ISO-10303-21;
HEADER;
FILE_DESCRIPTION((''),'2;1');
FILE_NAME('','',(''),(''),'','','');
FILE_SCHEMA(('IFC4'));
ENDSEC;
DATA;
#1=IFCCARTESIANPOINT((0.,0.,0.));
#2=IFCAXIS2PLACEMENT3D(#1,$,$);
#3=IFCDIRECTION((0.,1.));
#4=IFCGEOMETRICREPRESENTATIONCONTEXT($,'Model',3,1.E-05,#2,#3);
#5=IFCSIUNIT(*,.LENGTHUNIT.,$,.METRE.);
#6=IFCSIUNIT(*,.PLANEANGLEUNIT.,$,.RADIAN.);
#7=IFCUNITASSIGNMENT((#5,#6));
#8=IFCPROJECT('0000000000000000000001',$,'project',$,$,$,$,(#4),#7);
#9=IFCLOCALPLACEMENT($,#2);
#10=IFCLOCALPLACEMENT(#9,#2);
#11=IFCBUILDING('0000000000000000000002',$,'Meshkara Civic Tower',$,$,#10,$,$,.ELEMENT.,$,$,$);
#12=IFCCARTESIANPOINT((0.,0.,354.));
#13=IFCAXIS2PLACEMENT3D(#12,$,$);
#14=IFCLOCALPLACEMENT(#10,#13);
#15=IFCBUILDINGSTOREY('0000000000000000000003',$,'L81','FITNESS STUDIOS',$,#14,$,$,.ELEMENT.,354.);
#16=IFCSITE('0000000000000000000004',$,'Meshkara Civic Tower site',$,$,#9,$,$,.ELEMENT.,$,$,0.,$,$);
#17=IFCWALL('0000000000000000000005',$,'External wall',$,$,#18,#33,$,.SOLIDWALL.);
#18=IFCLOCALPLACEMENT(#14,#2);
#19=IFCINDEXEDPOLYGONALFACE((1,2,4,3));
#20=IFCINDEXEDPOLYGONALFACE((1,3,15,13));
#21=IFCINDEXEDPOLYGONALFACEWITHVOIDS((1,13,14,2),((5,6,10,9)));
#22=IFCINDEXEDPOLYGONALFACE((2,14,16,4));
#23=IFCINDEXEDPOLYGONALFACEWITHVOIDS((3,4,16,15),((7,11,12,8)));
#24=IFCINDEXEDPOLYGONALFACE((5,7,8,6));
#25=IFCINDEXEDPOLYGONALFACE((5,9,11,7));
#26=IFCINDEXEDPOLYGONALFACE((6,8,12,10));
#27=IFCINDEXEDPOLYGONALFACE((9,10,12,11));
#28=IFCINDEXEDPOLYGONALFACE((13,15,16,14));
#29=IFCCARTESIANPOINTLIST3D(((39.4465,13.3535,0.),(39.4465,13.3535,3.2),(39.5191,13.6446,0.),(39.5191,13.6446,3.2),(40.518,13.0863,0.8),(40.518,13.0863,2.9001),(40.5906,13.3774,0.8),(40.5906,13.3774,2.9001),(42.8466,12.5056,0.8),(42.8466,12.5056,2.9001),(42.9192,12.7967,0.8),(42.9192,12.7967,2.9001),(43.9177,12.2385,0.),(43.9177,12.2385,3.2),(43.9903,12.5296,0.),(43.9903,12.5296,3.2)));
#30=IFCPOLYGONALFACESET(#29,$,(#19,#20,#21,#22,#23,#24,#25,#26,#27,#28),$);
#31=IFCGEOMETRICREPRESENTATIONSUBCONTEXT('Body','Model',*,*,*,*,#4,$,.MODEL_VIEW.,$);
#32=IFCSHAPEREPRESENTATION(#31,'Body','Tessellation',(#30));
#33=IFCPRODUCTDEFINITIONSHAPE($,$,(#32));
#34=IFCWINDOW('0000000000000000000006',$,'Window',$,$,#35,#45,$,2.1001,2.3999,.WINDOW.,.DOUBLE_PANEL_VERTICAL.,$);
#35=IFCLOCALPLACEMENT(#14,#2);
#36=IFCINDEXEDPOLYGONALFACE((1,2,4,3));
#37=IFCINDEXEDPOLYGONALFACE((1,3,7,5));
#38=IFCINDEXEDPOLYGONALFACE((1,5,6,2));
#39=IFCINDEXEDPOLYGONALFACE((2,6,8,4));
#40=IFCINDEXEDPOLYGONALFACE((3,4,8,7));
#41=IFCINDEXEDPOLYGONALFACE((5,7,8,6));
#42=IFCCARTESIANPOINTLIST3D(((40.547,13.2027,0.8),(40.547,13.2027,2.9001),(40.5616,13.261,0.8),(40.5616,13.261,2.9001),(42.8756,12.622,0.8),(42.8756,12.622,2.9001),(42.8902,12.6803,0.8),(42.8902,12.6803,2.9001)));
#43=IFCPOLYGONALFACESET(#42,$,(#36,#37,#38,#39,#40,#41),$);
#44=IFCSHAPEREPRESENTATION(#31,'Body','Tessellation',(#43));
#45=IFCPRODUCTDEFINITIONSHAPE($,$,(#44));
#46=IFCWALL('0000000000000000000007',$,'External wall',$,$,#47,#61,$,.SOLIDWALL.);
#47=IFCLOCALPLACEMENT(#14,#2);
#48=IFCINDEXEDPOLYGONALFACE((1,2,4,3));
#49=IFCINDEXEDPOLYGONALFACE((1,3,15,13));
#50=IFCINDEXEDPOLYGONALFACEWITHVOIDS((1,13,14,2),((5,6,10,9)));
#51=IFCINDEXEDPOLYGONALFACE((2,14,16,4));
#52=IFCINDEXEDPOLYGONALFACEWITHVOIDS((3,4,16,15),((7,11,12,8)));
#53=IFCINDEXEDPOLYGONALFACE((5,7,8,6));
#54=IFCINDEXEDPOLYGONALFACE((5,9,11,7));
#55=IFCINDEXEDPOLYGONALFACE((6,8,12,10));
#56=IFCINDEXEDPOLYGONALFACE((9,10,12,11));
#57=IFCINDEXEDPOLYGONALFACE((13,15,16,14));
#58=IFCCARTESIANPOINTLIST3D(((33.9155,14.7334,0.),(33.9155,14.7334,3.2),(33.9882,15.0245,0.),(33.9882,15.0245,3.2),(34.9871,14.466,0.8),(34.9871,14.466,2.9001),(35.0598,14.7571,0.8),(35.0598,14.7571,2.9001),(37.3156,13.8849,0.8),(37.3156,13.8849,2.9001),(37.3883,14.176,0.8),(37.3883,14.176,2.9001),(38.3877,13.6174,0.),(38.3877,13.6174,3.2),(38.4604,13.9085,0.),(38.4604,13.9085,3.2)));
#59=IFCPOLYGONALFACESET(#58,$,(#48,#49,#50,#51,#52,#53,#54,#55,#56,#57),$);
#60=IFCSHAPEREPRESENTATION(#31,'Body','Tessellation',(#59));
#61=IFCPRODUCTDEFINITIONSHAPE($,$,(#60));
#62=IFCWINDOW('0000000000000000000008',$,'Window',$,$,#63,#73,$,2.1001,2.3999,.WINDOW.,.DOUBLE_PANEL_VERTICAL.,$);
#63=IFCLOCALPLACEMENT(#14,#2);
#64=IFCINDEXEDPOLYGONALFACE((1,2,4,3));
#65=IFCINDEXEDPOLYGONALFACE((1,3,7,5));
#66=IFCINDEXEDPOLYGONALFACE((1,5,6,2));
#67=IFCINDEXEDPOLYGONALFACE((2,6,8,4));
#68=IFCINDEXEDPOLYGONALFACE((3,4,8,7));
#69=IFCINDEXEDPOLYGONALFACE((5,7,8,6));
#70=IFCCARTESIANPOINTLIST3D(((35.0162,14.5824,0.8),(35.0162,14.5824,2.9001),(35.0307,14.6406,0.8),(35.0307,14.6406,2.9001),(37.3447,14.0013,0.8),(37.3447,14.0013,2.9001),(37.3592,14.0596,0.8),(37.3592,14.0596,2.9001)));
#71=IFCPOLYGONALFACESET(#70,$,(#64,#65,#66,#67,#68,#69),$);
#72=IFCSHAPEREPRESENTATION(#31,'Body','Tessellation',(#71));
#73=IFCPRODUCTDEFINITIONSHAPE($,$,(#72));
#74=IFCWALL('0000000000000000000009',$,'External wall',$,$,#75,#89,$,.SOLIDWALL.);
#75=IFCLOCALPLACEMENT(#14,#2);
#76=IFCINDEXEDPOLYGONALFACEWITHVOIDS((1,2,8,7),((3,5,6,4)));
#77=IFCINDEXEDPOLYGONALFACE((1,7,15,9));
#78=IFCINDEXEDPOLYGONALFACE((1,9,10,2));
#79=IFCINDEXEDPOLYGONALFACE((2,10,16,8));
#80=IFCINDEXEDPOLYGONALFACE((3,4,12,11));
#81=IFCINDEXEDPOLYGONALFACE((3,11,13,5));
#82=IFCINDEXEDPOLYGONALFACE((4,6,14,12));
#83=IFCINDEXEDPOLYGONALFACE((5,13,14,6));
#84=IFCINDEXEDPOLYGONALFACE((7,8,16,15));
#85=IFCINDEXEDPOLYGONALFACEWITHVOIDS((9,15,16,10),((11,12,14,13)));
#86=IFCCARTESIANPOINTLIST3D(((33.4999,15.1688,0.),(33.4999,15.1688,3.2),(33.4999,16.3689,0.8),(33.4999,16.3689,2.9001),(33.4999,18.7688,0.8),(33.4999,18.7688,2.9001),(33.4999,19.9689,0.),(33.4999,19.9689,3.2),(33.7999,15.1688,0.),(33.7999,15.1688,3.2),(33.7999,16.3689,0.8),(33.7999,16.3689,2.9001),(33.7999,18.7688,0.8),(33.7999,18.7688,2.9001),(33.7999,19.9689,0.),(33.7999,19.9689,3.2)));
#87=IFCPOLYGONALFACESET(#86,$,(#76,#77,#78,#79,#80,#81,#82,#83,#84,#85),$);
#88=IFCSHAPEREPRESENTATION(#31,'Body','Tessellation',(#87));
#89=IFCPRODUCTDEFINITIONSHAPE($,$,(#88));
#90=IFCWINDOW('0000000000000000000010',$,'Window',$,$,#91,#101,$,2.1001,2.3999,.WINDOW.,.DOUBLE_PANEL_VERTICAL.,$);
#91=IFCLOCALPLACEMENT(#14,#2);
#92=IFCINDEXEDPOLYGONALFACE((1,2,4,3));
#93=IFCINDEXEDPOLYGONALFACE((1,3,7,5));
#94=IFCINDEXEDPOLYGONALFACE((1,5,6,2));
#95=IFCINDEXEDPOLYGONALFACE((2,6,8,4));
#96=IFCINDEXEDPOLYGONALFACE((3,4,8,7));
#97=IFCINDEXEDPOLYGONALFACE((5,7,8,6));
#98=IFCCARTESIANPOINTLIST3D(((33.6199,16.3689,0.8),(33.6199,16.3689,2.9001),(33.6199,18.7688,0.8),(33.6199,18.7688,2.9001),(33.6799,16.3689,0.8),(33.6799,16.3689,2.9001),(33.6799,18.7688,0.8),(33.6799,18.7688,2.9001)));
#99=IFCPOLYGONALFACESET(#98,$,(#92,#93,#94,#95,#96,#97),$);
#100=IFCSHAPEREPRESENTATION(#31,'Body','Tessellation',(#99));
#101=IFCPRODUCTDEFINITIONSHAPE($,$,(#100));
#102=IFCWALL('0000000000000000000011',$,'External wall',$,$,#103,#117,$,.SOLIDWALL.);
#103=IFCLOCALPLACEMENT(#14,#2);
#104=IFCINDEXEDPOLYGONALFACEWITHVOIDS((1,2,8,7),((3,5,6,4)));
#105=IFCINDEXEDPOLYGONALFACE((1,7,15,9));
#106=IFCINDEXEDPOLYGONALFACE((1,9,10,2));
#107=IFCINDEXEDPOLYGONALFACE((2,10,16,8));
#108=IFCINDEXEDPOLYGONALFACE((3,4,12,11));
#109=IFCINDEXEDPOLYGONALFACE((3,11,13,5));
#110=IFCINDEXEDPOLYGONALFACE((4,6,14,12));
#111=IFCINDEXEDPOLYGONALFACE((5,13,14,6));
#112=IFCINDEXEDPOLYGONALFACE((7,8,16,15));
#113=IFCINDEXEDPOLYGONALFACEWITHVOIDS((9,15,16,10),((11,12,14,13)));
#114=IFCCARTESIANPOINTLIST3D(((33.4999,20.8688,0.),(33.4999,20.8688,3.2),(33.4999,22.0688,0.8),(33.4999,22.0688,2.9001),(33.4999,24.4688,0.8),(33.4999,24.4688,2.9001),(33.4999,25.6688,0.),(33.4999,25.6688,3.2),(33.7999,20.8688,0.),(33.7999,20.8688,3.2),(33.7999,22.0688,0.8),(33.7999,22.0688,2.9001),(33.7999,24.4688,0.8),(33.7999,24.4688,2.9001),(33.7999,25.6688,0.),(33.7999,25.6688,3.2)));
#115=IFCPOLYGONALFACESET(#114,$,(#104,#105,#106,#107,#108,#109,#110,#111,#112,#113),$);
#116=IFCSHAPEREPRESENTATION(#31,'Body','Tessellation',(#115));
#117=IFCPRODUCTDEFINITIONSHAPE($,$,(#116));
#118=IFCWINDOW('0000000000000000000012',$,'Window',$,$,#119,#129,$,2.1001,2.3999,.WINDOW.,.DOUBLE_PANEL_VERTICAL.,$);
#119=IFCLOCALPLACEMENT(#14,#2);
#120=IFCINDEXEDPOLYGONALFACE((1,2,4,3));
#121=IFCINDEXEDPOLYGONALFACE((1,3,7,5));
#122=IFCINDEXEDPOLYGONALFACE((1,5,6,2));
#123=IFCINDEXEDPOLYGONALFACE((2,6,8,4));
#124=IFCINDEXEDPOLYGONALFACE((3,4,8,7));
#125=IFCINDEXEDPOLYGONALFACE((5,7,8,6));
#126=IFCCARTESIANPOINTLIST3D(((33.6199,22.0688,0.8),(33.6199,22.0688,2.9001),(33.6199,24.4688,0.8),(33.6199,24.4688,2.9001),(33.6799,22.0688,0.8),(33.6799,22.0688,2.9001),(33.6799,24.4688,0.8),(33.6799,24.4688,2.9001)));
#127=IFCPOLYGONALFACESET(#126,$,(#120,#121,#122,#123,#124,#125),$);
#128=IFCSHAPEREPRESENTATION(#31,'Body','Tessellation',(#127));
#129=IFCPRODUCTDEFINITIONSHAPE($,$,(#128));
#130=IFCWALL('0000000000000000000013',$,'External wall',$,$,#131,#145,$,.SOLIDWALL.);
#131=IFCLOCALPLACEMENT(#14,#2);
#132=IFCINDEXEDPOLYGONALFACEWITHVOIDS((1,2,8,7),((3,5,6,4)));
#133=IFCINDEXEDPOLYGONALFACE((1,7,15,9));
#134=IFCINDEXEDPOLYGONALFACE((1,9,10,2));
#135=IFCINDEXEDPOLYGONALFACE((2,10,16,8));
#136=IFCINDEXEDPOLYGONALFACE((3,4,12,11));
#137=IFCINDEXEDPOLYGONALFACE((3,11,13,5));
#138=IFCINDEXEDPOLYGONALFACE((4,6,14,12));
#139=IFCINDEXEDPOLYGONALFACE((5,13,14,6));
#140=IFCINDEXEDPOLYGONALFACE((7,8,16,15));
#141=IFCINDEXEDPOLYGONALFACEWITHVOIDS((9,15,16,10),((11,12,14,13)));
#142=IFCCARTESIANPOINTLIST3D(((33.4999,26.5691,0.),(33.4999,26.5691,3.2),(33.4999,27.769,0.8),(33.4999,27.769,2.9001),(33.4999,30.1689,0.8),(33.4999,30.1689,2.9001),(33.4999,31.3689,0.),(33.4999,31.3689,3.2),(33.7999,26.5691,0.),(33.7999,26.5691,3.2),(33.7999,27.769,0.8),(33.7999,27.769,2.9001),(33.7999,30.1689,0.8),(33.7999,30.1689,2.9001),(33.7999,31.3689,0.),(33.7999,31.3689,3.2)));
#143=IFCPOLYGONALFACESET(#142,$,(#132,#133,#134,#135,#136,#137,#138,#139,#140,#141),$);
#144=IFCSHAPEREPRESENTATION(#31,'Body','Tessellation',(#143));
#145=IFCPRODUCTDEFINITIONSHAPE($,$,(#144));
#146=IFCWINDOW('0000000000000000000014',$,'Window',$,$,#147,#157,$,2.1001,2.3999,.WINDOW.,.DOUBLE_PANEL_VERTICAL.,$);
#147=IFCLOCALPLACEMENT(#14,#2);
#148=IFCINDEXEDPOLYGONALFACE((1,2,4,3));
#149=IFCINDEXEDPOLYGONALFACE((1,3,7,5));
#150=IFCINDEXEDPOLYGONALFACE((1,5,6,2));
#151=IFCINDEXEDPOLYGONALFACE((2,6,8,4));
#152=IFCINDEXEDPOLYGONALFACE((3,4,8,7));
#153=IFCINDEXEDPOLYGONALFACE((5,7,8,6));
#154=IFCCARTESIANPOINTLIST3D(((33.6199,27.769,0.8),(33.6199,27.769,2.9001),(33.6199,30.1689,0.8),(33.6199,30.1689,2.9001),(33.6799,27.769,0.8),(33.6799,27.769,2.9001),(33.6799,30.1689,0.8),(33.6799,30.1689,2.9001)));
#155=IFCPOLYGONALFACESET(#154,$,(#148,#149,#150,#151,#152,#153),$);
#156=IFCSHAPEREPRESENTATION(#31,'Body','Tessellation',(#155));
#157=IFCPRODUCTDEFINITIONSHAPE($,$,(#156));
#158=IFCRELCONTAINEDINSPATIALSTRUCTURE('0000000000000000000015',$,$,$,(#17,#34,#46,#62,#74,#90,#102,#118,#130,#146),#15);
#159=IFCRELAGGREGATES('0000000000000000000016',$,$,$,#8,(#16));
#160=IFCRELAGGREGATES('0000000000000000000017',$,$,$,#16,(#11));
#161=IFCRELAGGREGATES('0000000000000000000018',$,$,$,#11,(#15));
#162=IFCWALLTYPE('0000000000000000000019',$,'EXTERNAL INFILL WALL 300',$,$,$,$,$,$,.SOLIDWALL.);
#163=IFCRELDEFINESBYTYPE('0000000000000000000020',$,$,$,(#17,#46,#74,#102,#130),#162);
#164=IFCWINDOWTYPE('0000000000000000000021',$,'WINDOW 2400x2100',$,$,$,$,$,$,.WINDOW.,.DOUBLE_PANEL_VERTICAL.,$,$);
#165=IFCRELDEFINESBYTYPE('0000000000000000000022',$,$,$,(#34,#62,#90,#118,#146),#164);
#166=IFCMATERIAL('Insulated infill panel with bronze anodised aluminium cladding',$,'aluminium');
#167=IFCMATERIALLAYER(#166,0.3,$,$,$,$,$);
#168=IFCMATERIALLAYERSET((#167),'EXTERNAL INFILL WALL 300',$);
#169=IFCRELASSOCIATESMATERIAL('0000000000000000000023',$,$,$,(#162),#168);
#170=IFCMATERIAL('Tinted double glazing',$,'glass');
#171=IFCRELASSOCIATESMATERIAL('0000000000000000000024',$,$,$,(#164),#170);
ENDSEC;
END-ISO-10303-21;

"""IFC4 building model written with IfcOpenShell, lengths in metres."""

from ifc_helpers import new_model, si_unit, direction, frame, frame_2d, origin, place, context, subcontext, project, spatial, rectangle, extrude, material, layer, layer_set, type_object, element, fill, save


model = new_model("IFC4")

# Units and contexts
model_context = context("Model", 3, precision=1e-05, world=origin(), true_north=direction((0.0, 1.0)))
body_context = subcontext(model_context, "Body", "Model", "MODEL_VIEW")
ifc_project = project(units=[si_unit("LENGTHUNIT", "METRE"), si_unit("PLANEANGLEUNIT", "RADIAN")], contexts=[model_context])

# Site, building, storey
site_placement = place(None, origin())
site = spatial("IfcSite", under=ifc_project, at=site_placement, Name="Meshkara Civic Tower site", CompositionType="ELEMENT", RefElevation=0.0)
building_placement = place(site_placement, origin())
building = spatial("IfcBuilding", under=site, at=building_placement, Name="Meshkara Civic Tower", CompositionType="ELEMENT")
storey_placement = place(building_placement, frame((0.0, 0.0, 354.0)))
storey = spatial("IfcBuildingStorey", under=building, at=storey_placement, Name="L81", Description="FITNESS STUDIOS", CompositionType="ELEMENT", Elevation=354.0)

# Walls, openings, windows
ifc_material_1 = material(Name="Insulated infill panel with bronze anodised aluminium cladding", Category="aluminium")
ifc_layer_1 = layer(ifc_material_1, 0.3)
ifc_layer_set_1 = layer_set([ifc_layer_1], Name="EXTERNAL INFILL WALL 300")
wall_type_1 = type_object("IfcWallType", Name="EXTERNAL INFILL WALL 300", PredefinedType="SOLIDWALL", material=ifc_layer_set_1)
wall_1_placement = place(storey_placement, frame((43.9541, 12.384, 0.0), z_axis=(0.0, 0.0, 1.0), x_axis=(-0.970286, 0.241962, 0.0)))
wall_1 = element("IfcWall", 1, at=wall_1_placement, inside=storey, type_object=wall_type_1, Name="External wall", PredefinedType="SOLIDWALL", context=body_context, shape_type="SweptSolid", body=[
    extrude(rectangle(XDim=4.6082, YDim=0.3, at=frame_2d((2.3042, 0.0))), origin(), (0.0, 0.0, 1.0), 3.2),
])
opening_1_placement = place(wall_1_placement, frame((1.104, 0.0, 0.8)))
opening_1 = element("IfcOpeningElement", 2, at=opening_1_placement, cuts=wall_1, PredefinedType="OPENING", context=body_context, shape_type="SweptSolid", body=[
    extrude(rectangle(XDim=2.3999, YDim=2.1001, at=frame_2d((1.2, 1.05))), frame((0.0, 0.1599, 0.0), z_axis=(0.0, -1.0, 0.0), x_axis=(1.0, 0.0, 0.0)), (0.0, 0.0, 1.0), 0.3201),
])
ifc_material_2 = material(Name="Tinted double glazing", Category="glass")
window_type = type_object("IfcWindowType", Name="WINDOW 2400x2100", PartitioningType="DOUBLE_PANEL_VERTICAL", PredefinedType="WINDOW", material=ifc_material_2)
window_1_placement = place(opening_1_placement, origin())
window_1 = element("IfcWindow", 3, at=window_1_placement, inside=storey, type_object=window_type, Name="Window", OverallHeight=2.1001, OverallWidth=2.3999, PartitioningType="DOUBLE_PANEL_VERTICAL", PredefinedType="WINDOW", context=body_context, shape_type="SweptSolid", body=[
    extrude(rectangle(XDim=2.3999, YDim=2.1001, at=frame_2d((1.2, 1.05))), frame((0.0, 0.03, 0.0), z_axis=(0.0, -1.0, 0.0), x_axis=(1.0, 0.0, 0.0)), (0.0, 0.0, 1.0), 0.0601),
])
fill(opening_1, window_1)
wall_2_placement = place(storey_placement, frame((38.4241, 13.7629, 0.0), z_axis=(0.0, 0.0, 1.0), x_axis=(-0.970248, 0.242112, 0.0)))
wall_2 = element("IfcWall", 4, at=wall_2_placement, inside=storey, type_object=wall_type_1, Name="External wall", PredefinedType="SOLIDWALL", context=body_context, shape_type="SweptSolid", body=[
    extrude(rectangle(XDim=4.6094, YDim=0.3, at=frame_2d((2.3047, 0.0))), origin(), (0.0, 0.0, 1.0), 3.2),
])
opening_2_placement = place(wall_2_placement, frame((1.105, 0.0, 0.8)))
opening_2 = element("IfcOpeningElement", 5, at=opening_2_placement, cuts=wall_2, PredefinedType="OPENING", context=body_context, shape_type="SweptSolid", body=[
    extrude(rectangle(XDim=2.3999, YDim=2.1001, at=frame_2d((1.2, 1.05))), frame((0.0, 0.1599, 0.0), z_axis=(0.0, -1.0, 0.0), x_axis=(1.0, 0.0, 0.0)), (0.0, 0.0, 1.0), 0.3201),
])
window_2_placement = place(opening_2_placement, origin())
window_2 = element("IfcWindow", 6, at=window_2_placement, inside=storey, type_object=window_type, Name="Window", OverallHeight=2.1001, OverallWidth=2.3999, PartitioningType="DOUBLE_PANEL_VERTICAL", PredefinedType="WINDOW", context=body_context, shape_type="SweptSolid", body=[
    extrude(rectangle(XDim=2.3999, YDim=2.1001, at=frame_2d((1.2, 1.05))), frame((0.0, 0.03, 0.0), z_axis=(0.0, -1.0, 0.0), x_axis=(1.0, 0.0, 0.0)), (0.0, 0.0, 1.0), 0.0601),
])
fill(opening_2, window_2)
wall_3_placement = place(storey_placement, frame((33.6499, 15.1689, 0.0), z_axis=(0.0, 0.0, 1.0), x_axis=(0.0, 1.0, 0.0)))
wall_3 = element("IfcWall", 7, at=wall_3_placement, inside=storey, type_object=wall_type_1, Name="External wall", PredefinedType="SOLIDWALL", context=body_context, shape_type="SweptSolid", body=[
    extrude(rectangle(XDim=4.8, YDim=0.3, at=frame_2d((2.3999, 0.0))), origin(), (0.0, 0.0, 1.0), 3.2),
])
opening_3_placement = place(wall_3_placement, frame((1.2, 0.0, 0.8)))
opening_3 = element("IfcOpeningElement", 8, at=opening_3_placement, cuts=wall_3, PredefinedType="OPENING", context=body_context, shape_type="SweptSolid", body=[
    extrude(rectangle(XDim=2.3999, YDim=2.1001, at=frame_2d((1.2, 1.05))), frame((0.0, 0.1599, 0.0), z_axis=(0.0, -1.0, 0.0), x_axis=(1.0, 0.0, 0.0)), (0.0, 0.0, 1.0), 0.3201),
])
window_3_placement = place(opening_3_placement, origin())
window_3 = element("IfcWindow", 9, at=window_3_placement, inside=storey, type_object=window_type, Name="Window", OverallHeight=2.1001, OverallWidth=2.3999, PartitioningType="DOUBLE_PANEL_VERTICAL", PredefinedType="WINDOW", context=body_context, shape_type="SweptSolid", body=[
    extrude(rectangle(XDim=2.3999, YDim=2.1001, at=frame_2d((1.2, 1.05))), frame((0.0, 0.03, 0.0), z_axis=(0.0, -1.0, 0.0), x_axis=(1.0, 0.0, 0.0)), (0.0, 0.0, 1.0), 0.0601),
])
fill(opening_3, window_3)
wall_4_placement = place(storey_placement, frame((33.6499, 20.8689, 0.0), z_axis=(0.0, 0.0, 1.0), x_axis=(0.0, 1.0, 0.0)))
wall_4 = element("IfcWall", 10, at=wall_4_placement, inside=storey, type_object=wall_type_1, Name="External wall", PredefinedType="SOLIDWALL", context=body_context, shape_type="SweptSolid", body=[
    extrude(rectangle(XDim=4.8, YDim=0.3, at=frame_2d((2.3999, 0.0))), origin(), (0.0, 0.0, 1.0), 3.2),
])
opening_4_placement = place(wall_4_placement, frame((1.2, 0.0, 0.8)))
opening_4 = element("IfcOpeningElement", 11, at=opening_4_placement, cuts=wall_4, PredefinedType="OPENING", context=body_context, shape_type="SweptSolid", body=[
    extrude(rectangle(XDim=2.3999, YDim=2.1001, at=frame_2d((1.2, 1.05))), frame((0.0, 0.1599, 0.0), z_axis=(0.0, -1.0, 0.0), x_axis=(1.0, 0.0, 0.0)), (0.0, 0.0, 1.0), 0.3201),
])
window_4_placement = place(opening_4_placement, origin())
window_4 = element("IfcWindow", 12, at=window_4_placement, inside=storey, type_object=window_type, Name="Window", OverallHeight=2.1001, OverallWidth=2.3999, PartitioningType="DOUBLE_PANEL_VERTICAL", PredefinedType="WINDOW", context=body_context, shape_type="SweptSolid", body=[
    extrude(rectangle(XDim=2.3999, YDim=2.1001, at=frame_2d((1.2, 1.05))), frame((0.0, 0.03, 0.0), z_axis=(0.0, -1.0, 0.0), x_axis=(1.0, 0.0, 0.0)), (0.0, 0.0, 1.0), 0.0601),
])
fill(opening_4, window_4)
wall_5_placement = place(storey_placement, frame((33.6499, 26.5691, 0.0), z_axis=(0.0, 0.0, 1.0), x_axis=(0.0, 1.0, 0.0)))
wall_5 = element("IfcWall", 13, at=wall_5_placement, inside=storey, type_object=wall_type_1, Name="External wall", PredefinedType="SOLIDWALL", context=body_context, shape_type="SweptSolid", body=[
    extrude(rectangle(XDim=4.7998, YDim=0.3, at=frame_2d((2.3999, 0.0))), origin(), (0.0, 0.0, 1.0), 3.2),
])
opening_5_placement = place(wall_5_placement, frame((1.2, 0.0, 0.8)))
opening_5 = element("IfcOpeningElement", 14, at=opening_5_placement, cuts=wall_5, PredefinedType="OPENING", context=body_context, shape_type="SweptSolid", body=[
    extrude(rectangle(XDim=2.3999, YDim=2.1001, at=frame_2d((1.2, 1.05))), frame((0.0, 0.1599, 0.0), z_axis=(0.0, -1.0, 0.0), x_axis=(1.0, 0.0, 0.0)), (0.0, 0.0, 1.0), 0.3201),
])
window_5_placement = place(opening_5_placement, origin())
window_5 = element("IfcWindow", 15, at=window_5_placement, inside=storey, type_object=window_type, Name="Window", OverallHeight=2.1001, OverallWidth=2.3999, PartitioningType="DOUBLE_PANEL_VERTICAL", PredefinedType="WINDOW", context=body_context, shape_type="SweptSolid", body=[
    extrude(rectangle(XDim=2.3999, YDim=2.1001, at=frame_2d((1.2, 1.05))), frame((0.0, 0.03, 0.0), z_axis=(0.0, -1.0, 0.0), x_axis=(1.0, 0.0, 0.0)), (0.0, 0.0, 1.0), 0.0601),
])
fill(opening_5, window_5)

save(model, "model.ifc")
